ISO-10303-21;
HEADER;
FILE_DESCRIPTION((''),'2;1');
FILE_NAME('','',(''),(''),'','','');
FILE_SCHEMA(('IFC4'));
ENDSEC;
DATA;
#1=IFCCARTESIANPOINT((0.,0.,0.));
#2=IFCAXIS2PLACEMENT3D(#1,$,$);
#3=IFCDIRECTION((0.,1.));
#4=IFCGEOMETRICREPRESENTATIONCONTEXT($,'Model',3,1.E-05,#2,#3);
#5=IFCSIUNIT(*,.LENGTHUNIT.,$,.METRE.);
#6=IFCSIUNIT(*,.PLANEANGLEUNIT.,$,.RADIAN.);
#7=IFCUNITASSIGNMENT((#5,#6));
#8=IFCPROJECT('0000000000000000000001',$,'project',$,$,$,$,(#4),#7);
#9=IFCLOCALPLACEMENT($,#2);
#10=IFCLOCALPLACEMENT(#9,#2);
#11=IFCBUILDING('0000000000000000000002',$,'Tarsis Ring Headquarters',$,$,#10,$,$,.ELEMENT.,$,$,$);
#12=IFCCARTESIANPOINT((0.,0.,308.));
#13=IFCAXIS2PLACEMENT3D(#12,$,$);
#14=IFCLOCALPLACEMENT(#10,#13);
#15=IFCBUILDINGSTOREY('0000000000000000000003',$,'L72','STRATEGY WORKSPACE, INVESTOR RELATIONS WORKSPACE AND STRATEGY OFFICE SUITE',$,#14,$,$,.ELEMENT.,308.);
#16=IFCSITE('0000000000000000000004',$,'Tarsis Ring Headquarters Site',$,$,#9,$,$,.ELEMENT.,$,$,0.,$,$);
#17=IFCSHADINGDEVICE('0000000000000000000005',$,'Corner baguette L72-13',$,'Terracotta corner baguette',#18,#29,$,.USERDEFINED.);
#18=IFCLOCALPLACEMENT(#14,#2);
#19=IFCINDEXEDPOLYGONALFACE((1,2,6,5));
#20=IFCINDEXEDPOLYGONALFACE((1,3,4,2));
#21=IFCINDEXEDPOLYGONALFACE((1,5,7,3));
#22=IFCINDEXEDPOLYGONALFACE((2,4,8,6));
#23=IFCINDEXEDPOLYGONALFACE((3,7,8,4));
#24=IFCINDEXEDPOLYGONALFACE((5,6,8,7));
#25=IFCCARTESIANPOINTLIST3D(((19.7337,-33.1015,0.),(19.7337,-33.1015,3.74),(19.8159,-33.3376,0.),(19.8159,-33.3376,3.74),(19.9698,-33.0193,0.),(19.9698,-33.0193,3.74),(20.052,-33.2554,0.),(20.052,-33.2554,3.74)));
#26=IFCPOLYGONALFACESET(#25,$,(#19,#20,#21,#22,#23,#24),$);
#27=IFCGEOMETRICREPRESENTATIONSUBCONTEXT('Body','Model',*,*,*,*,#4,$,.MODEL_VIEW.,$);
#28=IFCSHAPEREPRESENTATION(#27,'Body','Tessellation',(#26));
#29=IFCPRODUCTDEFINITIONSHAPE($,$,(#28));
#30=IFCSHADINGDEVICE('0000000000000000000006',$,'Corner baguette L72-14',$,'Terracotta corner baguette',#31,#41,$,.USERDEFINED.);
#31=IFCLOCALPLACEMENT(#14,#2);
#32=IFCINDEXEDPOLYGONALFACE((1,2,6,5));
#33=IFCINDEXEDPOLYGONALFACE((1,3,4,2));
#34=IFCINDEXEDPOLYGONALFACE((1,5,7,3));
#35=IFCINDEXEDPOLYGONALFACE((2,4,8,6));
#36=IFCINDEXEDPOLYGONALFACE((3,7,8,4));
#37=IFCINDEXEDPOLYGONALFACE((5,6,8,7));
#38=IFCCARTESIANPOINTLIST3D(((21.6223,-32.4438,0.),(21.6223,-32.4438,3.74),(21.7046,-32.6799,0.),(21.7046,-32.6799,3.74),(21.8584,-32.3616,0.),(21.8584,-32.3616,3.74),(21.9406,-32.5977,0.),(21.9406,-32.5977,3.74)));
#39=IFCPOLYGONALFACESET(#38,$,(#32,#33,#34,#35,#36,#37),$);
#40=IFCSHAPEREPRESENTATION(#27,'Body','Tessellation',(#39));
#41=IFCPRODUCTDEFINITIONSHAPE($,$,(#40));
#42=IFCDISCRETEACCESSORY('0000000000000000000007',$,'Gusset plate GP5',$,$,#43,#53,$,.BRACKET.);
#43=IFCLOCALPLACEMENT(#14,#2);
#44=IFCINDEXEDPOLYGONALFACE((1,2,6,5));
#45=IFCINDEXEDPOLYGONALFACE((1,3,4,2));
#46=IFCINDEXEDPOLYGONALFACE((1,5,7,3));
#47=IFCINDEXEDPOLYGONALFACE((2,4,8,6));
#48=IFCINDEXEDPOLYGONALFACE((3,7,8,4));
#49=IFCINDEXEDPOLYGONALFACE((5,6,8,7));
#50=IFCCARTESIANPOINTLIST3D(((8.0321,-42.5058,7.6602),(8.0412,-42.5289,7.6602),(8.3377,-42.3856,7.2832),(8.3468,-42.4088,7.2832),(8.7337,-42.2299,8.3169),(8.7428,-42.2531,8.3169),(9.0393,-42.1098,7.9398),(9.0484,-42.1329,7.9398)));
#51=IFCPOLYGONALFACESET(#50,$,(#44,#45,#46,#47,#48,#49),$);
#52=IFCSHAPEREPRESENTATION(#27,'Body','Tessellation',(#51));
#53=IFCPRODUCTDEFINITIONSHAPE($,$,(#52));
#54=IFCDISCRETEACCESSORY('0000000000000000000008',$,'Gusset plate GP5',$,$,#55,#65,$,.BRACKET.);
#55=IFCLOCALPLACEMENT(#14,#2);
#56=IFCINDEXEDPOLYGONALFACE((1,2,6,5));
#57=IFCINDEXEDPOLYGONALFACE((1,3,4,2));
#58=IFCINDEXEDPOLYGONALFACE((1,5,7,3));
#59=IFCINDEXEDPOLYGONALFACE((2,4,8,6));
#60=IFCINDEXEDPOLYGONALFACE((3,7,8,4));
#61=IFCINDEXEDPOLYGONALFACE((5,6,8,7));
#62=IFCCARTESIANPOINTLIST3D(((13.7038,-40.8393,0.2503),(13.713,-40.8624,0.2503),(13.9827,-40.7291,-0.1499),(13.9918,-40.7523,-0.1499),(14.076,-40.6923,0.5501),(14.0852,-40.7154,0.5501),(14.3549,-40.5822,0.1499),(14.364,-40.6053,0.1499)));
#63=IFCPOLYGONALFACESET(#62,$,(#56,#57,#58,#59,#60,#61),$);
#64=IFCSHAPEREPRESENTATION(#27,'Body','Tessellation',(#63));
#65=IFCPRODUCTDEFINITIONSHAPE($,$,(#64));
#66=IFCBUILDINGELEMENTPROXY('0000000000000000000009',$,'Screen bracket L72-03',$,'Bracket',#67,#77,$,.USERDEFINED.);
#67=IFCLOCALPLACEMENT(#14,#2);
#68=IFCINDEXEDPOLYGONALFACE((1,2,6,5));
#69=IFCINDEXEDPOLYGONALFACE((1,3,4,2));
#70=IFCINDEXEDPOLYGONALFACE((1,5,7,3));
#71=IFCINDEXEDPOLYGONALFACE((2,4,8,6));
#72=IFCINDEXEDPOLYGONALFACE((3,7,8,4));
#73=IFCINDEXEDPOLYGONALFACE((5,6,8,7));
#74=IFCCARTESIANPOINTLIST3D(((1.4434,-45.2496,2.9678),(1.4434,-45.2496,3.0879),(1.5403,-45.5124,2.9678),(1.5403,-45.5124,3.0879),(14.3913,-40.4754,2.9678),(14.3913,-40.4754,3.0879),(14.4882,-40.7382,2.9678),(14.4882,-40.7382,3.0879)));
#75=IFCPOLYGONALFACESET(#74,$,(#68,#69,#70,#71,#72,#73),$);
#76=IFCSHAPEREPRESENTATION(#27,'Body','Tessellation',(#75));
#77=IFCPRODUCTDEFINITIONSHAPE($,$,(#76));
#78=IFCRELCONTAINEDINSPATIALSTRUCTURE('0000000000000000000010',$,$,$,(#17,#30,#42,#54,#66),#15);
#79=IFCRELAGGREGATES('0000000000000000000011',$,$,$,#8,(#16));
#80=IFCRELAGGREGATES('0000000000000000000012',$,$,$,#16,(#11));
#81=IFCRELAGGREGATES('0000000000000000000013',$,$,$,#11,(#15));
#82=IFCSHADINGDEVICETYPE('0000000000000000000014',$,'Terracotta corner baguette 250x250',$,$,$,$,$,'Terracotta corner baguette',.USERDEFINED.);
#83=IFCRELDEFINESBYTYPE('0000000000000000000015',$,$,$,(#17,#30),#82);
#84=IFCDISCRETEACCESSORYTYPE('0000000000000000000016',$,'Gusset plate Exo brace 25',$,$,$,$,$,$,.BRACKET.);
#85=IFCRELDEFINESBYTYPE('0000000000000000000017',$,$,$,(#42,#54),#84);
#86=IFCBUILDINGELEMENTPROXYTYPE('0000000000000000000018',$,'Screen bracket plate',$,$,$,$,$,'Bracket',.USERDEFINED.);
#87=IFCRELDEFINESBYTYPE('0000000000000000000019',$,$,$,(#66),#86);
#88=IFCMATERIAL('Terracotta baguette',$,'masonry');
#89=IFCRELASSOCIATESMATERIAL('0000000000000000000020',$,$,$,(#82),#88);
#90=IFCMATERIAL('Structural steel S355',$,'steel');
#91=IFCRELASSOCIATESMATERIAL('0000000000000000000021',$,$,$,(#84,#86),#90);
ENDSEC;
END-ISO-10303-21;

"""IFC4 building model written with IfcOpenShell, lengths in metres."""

from ifc_helpers import new_model, si_unit, direction, frame, origin, origin_2d, place, context, subcontext, project, spatial, rectangle, extrude, material, material_profile, profile_set, type_object, element, save


model = new_model("IFC4")

# Units and contexts
model_context = context("Model", 3, precision=1e-05, world=origin(), true_north=direction((0.0, 1.0)))
body_context = subcontext(model_context, "Body", "Model", "MODEL_VIEW")
ifc_project = project(units=[si_unit("LENGTHUNIT", "METRE"), si_unit("PLANEANGLEUNIT", "RADIAN")], contexts=[model_context])

# Site, building, storey
site_placement = place(None, origin())
site = spatial("IfcSite", under=ifc_project, at=site_placement, Name="Tarsis Ring Headquarters Site", CompositionType="ELEMENT", RefElevation=0.0)
building_placement = place(site_placement, origin())
building = spatial("IfcBuilding", under=site, at=building_placement, Name="Tarsis Ring Headquarters", CompositionType="ELEMENT")
storey_placement = place(building_placement, frame((0.0, 0.0, 308.0)))
storey = spatial("IfcBuildingStorey", under=building, at=storey_placement, Name="L72", Description="STRATEGY WORKSPACE, INVESTOR RELATIONS WORKSPACE AND STRATEGY OFFICE SUITE", CompositionType="ELEMENT", Elevation=308.0)

# Shared definitions
ifc_material_1 = material(Name="Structural steel S355", Category="steel")

# Shading devices
ifc_material_2 = material(Name="Terracotta baguette", Category="masonry")
shading_device_type_1 = type_object("IfcShadingDeviceType", Name="Terracotta corner baguette 250x250", ElementType="Terracotta corner baguette", PredefinedType="USERDEFINED", material=ifc_material_2)
for number, where, z_axis, x_axis, name in (
    (1, (19.8928, -33.1785, 0.0), (0.0, 0.0, 1.0), (-0.328867, 0.944376, 0.0), "Corner baguette L72-13"),
    (2, (21.7815, -32.5208, 0.0), (0.0, 0.0, 1.0), (0.944376, 0.328866, 0.0), "Corner baguette L72-14"),
):
    element("IfcShadingDevice", number, at=place(storey_placement, frame(where, z_axis=z_axis, x_axis=x_axis)), inside=storey, type_object=shading_device_type_1, Name=name, ObjectType="Terracotta corner baguette", PredefinedType="USERDEFINED", context=body_context, shape_type="SweptSolid", body=[
        extrude(rectangle(XDim=0.25, YDim=0.25, at=origin_2d()), origin(), (0.0, 0.0, 1.0), 3.74),
    ])

# Discrete accessories
ifc_material_profile_1 = material_profile(ifc_material_1, rectangle(XDim=0.0249, YDim=0.5, at=origin_2d()), Name="PL 25x500")
ifc_profile_set_1 = profile_set([ifc_material_profile_1], Name="Structural steel S355")
discrete_accessory_type = type_object("IfcDiscreteAccessoryType", Name="Gusset plate Exo brace 25", PredefinedType="BRACKET", material=ifc_profile_set_1)
discrete_accessory_1_placement = place(storey_placement, frame((8.1895, -42.4573, 7.4717), z_axis=(0.701751, 0.275915, 0.656823), x_axis=(-0.365913, 0.930649, 0.0)))
element("IfcDiscreteAccessory", 3, at=discrete_accessory_1_placement, inside=storey, type_object=discrete_accessory_type, Name="Gusset plate GP5", PredefinedType="BRACKET", context=body_context, shape_type="SweptSolid", body=[
    extrude(rectangle(XDim=0.0249, YDim=0.5, at=origin_2d()), origin(), (0.0, 0.0, 1.0), 0.9998),
])
discrete_accessory_2_placement = place(storey_placement, frame((14.1733, -40.6672, 0.0), z_axis=(-0.557645, -0.220226, 0.800333), x_axis=(0.367315, -0.930097, 0.0)))
element("IfcDiscreteAccessory", 4, at=discrete_accessory_2_placement, inside=storey, type_object=discrete_accessory_type, Name="Gusset plate GP5", PredefinedType="BRACKET", context=body_context, shape_type="SweptSolid", body=[
    extrude(rectangle(XDim=0.0249, YDim=0.5, at=origin_2d()), origin(), (0.0, 0.0, 1.0), 0.5),
])

# Building element proxy
building_element_proxy_type = type_object("IfcBuildingElementProxyType", Name="Screen bracket plate", ElementType="Bracket", PredefinedType="USERDEFINED", material=ifc_material_1)
proxy_placement = place(storey_placement, frame((7.9658, -42.9939, 2.9678), z_axis=(0.0, 0.0, 1.0), x_axis=(0.938252, 0.345953, 0.0)))
element("IfcBuildingElementProxy", 5, at=proxy_placement, inside=storey, type_object=building_element_proxy_type, Name="Screen bracket L72-03", ObjectType="Bracket", PredefinedType="USERDEFINED", context=body_context, shape_type="SweptSolid", body=[
    extrude(rectangle(XDim=13.8, YDim=0.28, at=origin_2d()), origin(), (0.0, 0.0, 1.0), 0.1201),
])

save(model, "model.ifc")
